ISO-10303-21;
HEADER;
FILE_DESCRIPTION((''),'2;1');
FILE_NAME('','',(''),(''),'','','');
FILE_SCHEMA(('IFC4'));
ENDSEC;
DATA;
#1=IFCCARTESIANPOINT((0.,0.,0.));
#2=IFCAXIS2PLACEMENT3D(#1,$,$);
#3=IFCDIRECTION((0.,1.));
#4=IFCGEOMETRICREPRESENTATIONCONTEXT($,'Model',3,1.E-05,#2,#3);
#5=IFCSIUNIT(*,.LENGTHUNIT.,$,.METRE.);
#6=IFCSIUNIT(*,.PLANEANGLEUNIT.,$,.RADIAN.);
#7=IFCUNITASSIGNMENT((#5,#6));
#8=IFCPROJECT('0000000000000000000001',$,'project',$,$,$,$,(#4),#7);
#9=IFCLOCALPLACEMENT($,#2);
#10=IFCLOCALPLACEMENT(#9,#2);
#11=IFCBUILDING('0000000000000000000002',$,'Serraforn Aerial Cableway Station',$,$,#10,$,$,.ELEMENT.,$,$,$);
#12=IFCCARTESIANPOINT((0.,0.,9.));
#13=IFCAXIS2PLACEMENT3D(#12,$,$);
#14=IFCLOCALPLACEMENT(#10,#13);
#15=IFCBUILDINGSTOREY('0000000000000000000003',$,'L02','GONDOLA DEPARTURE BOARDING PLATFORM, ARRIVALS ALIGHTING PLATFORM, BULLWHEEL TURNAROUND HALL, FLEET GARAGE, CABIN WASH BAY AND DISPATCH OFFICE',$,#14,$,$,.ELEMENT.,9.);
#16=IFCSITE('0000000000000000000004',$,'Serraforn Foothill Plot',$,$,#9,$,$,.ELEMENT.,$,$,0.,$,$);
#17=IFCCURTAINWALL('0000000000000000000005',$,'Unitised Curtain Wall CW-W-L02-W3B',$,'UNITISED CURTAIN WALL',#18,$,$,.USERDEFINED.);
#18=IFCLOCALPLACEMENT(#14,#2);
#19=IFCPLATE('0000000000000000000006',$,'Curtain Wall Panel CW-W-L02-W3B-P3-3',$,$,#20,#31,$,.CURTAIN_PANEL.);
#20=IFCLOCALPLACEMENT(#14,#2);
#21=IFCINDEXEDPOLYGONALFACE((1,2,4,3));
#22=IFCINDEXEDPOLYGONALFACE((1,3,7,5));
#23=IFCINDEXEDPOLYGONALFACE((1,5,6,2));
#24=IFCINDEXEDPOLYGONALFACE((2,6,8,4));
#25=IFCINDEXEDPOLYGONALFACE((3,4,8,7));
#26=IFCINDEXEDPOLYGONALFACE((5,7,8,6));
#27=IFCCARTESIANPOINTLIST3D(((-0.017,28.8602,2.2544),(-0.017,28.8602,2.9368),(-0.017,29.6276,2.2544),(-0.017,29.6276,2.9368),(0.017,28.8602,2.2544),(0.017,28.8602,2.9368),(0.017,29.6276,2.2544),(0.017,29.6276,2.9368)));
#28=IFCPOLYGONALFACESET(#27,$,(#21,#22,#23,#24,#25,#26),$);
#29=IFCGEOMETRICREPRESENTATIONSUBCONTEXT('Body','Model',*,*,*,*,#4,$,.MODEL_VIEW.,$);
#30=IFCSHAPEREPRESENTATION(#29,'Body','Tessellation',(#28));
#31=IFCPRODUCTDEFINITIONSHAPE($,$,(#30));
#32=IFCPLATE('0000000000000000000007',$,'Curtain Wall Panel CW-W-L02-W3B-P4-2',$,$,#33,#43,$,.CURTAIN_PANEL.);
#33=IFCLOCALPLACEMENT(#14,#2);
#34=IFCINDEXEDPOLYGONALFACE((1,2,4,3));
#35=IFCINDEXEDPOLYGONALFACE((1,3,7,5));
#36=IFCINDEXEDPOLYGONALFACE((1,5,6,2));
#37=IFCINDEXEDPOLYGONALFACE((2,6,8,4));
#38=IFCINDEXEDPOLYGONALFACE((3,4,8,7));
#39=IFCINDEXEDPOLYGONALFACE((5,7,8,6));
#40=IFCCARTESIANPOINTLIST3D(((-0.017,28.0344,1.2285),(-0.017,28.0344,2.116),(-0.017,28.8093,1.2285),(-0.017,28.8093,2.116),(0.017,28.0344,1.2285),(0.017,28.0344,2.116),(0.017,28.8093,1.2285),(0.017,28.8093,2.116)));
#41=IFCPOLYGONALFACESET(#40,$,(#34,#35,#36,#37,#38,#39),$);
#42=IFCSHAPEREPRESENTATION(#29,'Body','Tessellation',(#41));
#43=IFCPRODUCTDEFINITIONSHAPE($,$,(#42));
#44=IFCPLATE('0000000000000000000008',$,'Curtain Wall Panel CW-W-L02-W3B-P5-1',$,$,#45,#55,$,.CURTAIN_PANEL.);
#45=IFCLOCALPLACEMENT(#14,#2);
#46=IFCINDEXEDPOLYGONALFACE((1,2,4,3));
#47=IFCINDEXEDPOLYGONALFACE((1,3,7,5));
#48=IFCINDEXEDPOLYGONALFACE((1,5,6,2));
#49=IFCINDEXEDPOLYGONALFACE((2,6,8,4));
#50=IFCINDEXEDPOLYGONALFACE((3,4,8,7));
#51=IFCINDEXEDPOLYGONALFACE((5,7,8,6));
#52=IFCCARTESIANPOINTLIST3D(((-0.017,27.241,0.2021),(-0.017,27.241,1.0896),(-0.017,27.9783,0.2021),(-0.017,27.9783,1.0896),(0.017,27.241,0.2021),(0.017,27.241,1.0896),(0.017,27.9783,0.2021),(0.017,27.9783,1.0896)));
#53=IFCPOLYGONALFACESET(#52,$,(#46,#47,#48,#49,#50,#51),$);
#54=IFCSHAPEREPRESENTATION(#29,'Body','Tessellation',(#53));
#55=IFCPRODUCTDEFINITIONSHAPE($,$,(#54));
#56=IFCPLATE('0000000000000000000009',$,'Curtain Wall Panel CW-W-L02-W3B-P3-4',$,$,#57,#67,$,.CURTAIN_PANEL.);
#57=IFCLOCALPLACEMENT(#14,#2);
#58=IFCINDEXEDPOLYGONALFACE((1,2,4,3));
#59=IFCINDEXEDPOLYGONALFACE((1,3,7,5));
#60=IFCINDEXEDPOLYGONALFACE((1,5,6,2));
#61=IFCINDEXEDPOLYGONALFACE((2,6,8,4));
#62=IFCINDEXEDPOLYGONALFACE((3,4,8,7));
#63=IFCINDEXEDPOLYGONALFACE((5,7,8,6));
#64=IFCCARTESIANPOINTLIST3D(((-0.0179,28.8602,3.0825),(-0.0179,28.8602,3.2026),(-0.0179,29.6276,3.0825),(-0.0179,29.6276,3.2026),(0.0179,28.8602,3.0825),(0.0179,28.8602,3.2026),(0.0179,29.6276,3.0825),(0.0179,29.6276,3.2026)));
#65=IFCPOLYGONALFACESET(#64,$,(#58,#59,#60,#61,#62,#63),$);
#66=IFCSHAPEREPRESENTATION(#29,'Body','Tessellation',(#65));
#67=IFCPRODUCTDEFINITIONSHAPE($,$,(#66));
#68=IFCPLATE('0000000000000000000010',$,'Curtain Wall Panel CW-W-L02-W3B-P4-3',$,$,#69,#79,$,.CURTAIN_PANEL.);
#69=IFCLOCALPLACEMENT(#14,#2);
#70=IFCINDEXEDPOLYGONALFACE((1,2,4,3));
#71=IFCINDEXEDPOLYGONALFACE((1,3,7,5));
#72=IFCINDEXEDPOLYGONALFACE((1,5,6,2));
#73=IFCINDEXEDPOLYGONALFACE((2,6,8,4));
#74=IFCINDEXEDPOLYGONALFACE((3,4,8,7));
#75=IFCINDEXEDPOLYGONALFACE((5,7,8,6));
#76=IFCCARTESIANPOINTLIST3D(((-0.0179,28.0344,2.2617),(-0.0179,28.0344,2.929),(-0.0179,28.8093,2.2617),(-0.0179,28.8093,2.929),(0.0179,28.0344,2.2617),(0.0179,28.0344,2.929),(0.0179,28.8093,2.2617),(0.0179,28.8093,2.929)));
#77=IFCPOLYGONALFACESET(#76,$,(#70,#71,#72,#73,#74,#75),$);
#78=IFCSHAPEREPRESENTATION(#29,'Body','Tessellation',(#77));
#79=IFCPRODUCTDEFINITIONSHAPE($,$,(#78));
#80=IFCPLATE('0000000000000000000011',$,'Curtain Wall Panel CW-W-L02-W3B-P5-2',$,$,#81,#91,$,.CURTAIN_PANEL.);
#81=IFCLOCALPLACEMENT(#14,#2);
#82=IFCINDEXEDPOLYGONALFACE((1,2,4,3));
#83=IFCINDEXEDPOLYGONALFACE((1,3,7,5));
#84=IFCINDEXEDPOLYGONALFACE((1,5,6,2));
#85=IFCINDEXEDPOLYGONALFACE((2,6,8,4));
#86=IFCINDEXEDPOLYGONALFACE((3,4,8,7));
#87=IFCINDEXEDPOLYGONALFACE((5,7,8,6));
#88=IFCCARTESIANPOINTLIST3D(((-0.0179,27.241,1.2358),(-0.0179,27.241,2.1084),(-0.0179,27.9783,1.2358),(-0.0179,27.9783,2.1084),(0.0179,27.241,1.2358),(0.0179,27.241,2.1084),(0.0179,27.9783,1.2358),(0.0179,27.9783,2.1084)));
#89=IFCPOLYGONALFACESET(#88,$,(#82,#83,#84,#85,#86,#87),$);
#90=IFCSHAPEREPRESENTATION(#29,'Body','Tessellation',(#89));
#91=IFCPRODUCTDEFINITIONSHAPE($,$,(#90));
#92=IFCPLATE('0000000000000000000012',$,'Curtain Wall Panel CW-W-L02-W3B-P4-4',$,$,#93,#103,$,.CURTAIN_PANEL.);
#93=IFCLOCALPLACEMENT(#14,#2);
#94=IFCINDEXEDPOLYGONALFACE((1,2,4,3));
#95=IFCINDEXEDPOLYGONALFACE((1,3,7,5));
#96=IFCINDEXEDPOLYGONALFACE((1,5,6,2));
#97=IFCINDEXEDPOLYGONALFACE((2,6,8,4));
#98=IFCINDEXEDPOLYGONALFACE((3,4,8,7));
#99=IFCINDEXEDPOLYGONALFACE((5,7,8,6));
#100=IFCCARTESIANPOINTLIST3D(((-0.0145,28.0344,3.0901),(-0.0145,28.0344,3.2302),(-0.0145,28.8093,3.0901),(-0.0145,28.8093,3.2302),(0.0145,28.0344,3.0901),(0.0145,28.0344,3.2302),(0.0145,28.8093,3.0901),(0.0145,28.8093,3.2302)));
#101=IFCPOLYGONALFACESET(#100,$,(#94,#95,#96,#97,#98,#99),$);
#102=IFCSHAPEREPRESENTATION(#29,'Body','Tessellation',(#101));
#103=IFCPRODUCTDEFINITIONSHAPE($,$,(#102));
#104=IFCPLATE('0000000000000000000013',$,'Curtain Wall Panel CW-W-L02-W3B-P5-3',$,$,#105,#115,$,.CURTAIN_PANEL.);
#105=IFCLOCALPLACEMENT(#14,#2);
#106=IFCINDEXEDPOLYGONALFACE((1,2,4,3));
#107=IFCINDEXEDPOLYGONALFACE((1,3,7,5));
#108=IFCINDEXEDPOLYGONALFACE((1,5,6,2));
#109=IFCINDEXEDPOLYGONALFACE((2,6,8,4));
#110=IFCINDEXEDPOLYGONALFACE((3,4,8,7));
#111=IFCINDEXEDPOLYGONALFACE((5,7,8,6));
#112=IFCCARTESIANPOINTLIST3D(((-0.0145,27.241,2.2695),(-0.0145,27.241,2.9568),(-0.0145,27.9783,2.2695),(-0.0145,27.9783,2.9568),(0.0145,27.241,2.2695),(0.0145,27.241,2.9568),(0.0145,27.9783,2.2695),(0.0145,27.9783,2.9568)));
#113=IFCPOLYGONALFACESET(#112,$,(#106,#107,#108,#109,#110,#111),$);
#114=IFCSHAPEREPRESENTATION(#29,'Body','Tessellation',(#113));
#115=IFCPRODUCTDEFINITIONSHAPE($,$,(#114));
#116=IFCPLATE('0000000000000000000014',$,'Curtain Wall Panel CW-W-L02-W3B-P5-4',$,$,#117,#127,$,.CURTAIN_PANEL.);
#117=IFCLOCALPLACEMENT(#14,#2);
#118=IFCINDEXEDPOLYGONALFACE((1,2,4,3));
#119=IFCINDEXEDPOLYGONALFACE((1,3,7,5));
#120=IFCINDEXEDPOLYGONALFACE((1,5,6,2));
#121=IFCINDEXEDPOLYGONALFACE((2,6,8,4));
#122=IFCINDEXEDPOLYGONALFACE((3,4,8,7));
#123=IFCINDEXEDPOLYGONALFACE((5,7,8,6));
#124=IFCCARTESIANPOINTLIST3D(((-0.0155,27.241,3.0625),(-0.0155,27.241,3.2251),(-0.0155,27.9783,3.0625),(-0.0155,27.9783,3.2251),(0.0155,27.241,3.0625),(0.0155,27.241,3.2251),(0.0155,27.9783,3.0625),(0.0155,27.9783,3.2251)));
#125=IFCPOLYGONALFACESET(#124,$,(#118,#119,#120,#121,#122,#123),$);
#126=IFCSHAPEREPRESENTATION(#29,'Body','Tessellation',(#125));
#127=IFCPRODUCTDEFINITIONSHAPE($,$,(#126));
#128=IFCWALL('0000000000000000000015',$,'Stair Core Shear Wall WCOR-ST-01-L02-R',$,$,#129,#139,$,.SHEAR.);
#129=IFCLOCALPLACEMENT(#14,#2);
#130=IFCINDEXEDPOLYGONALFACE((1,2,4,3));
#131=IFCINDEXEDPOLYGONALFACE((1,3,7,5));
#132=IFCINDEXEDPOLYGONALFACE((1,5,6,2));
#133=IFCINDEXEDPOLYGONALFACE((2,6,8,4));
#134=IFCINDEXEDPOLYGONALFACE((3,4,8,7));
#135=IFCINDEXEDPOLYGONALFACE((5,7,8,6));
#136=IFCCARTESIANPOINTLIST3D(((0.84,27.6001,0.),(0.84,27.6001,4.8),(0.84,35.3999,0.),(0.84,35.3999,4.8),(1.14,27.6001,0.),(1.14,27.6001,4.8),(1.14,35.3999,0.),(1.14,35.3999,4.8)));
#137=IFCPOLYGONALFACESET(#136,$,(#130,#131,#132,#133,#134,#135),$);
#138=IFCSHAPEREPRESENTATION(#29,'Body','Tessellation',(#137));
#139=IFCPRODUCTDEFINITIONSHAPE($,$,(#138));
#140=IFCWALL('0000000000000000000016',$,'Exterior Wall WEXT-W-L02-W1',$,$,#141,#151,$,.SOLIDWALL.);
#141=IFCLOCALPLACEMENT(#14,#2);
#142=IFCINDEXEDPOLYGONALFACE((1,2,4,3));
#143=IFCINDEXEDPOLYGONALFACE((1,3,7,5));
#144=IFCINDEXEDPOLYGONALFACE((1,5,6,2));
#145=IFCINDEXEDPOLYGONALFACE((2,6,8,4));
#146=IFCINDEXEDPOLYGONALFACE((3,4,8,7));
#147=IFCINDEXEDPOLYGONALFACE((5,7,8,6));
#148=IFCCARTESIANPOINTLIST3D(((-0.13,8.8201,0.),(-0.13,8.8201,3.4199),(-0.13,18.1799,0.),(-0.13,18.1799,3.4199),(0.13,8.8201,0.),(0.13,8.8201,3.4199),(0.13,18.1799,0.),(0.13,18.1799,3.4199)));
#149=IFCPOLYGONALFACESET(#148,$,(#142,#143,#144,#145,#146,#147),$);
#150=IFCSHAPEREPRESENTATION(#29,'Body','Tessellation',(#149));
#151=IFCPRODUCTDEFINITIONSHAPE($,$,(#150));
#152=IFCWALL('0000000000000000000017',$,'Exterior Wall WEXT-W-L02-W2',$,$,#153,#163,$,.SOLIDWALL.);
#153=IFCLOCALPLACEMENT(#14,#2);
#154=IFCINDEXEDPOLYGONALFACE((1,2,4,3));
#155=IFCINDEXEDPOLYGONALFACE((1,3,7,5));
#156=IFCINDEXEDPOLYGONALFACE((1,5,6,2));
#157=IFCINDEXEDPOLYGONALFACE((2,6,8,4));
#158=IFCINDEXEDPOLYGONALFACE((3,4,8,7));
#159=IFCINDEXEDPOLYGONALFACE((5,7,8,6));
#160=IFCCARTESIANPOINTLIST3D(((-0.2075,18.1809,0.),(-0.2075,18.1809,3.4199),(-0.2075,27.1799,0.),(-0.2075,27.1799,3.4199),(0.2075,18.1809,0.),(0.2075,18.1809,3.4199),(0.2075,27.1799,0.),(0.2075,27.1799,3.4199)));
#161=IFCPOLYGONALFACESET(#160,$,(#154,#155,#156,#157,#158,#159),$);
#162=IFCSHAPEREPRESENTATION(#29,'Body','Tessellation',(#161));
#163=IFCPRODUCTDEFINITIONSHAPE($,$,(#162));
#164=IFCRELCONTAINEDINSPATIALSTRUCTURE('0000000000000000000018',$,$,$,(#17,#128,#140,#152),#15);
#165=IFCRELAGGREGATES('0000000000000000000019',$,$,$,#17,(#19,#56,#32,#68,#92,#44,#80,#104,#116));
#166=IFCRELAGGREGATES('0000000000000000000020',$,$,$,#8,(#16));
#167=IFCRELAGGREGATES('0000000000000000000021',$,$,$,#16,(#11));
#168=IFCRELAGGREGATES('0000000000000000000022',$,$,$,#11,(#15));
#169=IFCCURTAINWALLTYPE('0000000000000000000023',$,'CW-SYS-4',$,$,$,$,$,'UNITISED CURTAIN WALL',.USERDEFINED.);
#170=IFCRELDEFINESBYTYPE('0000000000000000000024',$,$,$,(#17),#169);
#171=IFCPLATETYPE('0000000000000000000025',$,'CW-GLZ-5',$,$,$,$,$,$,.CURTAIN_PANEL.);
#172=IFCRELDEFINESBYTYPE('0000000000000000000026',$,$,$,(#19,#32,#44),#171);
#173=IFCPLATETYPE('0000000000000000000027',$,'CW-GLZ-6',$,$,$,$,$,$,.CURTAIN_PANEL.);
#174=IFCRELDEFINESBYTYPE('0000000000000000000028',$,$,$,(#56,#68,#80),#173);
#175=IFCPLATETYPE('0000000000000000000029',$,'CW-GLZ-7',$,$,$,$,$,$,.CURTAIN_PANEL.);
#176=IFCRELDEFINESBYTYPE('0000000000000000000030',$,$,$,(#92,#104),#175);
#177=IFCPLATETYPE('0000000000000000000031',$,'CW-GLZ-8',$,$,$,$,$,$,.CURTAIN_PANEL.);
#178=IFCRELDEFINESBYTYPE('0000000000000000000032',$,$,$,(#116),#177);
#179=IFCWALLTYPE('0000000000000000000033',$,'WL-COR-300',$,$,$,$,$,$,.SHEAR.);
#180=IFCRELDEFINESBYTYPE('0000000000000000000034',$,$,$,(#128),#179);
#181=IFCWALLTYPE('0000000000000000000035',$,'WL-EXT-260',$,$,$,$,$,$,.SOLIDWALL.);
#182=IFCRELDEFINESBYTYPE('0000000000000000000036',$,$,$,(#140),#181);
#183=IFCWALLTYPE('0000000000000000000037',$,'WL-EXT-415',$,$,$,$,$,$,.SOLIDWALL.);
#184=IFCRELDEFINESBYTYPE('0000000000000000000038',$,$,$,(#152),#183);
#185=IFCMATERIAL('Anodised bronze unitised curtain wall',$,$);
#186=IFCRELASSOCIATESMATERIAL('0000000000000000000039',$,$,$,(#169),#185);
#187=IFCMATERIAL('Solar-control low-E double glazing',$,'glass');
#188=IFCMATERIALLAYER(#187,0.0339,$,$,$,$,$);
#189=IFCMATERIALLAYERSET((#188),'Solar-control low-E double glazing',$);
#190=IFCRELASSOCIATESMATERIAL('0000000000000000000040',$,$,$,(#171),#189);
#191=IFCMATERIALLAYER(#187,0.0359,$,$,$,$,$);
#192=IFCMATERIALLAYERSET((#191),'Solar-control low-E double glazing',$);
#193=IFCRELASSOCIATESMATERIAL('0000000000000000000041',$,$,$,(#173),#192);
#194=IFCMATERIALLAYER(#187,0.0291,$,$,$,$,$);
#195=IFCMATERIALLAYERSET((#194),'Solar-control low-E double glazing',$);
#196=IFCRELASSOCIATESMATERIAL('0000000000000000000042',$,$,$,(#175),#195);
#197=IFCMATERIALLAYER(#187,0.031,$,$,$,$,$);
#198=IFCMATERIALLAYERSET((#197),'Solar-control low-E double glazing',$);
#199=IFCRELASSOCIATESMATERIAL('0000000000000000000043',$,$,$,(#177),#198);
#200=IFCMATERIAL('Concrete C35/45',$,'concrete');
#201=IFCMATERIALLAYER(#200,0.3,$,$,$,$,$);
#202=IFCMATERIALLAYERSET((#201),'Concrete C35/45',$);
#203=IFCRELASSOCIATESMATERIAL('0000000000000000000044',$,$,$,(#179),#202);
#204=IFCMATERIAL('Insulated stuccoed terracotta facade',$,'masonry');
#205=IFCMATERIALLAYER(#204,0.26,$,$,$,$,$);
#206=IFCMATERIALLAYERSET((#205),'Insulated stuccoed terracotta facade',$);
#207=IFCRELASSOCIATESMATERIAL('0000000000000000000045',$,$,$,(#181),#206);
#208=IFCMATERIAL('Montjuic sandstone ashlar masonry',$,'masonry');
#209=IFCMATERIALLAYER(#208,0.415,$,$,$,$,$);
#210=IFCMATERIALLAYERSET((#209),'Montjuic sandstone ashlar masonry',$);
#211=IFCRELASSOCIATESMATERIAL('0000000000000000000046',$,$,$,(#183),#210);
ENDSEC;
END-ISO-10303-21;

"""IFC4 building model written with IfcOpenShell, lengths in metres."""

from ifc_helpers import new_model, si_unit, direction, frame, frame_2d, origin, origin_2d, place, context, subcontext, project, spatial, rectangle, extrude, material, layer, layer_set, type_object, element, aggregate, save


model = new_model("IFC4")

# Units and contexts
model_context = context("Model", 3, precision=1e-05, world=origin(), true_north=direction((0.0, 1.0)))
body_context = subcontext(model_context, "Body", "Model", "MODEL_VIEW")
ifc_project = project(units=[si_unit("LENGTHUNIT", "METRE"), si_unit("PLANEANGLEUNIT", "RADIAN")], contexts=[model_context])

# Site, building, storey
site_placement = place(None, origin())
site = spatial("IfcSite", under=ifc_project, at=site_placement, Name="Serraforn Foothill Plot", CompositionType="ELEMENT", RefElevation=0.0)
building_placement = place(site_placement, origin())
building = spatial("IfcBuilding", under=site, at=building_placement, Name="Serraforn Aerial Cableway Station", CompositionType="ELEMENT")
storey_placement = place(building_placement, frame((0.0, 0.0, 9.0)))
storey = spatial("IfcBuildingStorey", under=building, at=storey_placement, Name="L02", Description="GONDOLA DEPARTURE BOARDING PLATFORM, ARRIVALS ALIGHTING PLATFORM, BULLWHEEL TURNAROUND HALL, FLEET GARAGE, CABIN WASH BAY AND DISPATCH OFFICE", CompositionType="ELEMENT", Elevation=9.0)

# Curtain wall, plates
ifc_material_1 = material(Name="Anodised bronze unitised curtain wall")
curtain_wall_type = type_object("IfcCurtainWallType", Name="CW-SYS-4", ElementType="UNITISED CURTAIN WALL", PredefinedType="USERDEFINED", material=ifc_material_1)
curtain_wall_placement = place(storey_placement, origin())
curtain_wall = element("IfcCurtainWall", 1, at=curtain_wall_placement, inside=storey, type_object=curtain_wall_type, Name="Unitised Curtain Wall CW-W-L02-W3B", ObjectType="UNITISED CURTAIN WALL", PredefinedType="USERDEFINED")
ifc_material_2 = material(Name="Solar-control low-E double glazing", Category="glass")
ifc_layer_1 = layer(ifc_material_2, 0.0339)
ifc_layer_set_1 = layer_set([ifc_layer_1], Name="Solar-control low-E double glazing")
plate_type_1 = type_object("IfcPlateType", Name="CW-GLZ-5", PredefinedType="CURTAIN_PANEL", material=ifc_layer_set_1)
plate_1_placement = place(storey_placement, frame((0.0, 29.2439, 2.2544), z_axis=(0.0, 0.0, 1.0), x_axis=(1.0, 0.0, 0.0)))
plate_1 = element("IfcPlate", 2, at=plate_1_placement, type_object=plate_type_1, Name="Curtain Wall Panel CW-W-L02-W3B-P3-3", PredefinedType="CURTAIN_PANEL", context=body_context, shape_type="SweptSolid", body=[
    extrude(rectangle(XDim=0.0339, YDim=0.7673, at=origin_2d()), origin(), (0.0, 0.0, 1.0), 0.6824),
])
plate_2_placement = place(storey_placement, frame((0.0, 28.4219, 1.2285), z_axis=(0.0, 0.0, 1.0), x_axis=(1.0, 0.0, 0.0)))
plate_2 = element("IfcPlate", 3, at=plate_2_placement, type_object=plate_type_1, Name="Curtain Wall Panel CW-W-L02-W3B-P4-2", PredefinedType="CURTAIN_PANEL", context=body_context, shape_type="SweptSolid", body=[
    extrude(rectangle(XDim=0.0339, YDim=0.7749, at=origin_2d()), origin(), (0.0, 0.0, 1.0), 0.8875),
])
plate_3_placement = place(storey_placement, frame((0.0, 27.6096, 0.2021), z_axis=(0.0, 0.0, 1.0), x_axis=(1.0, 0.0, 0.0)))
plate_3 = element("IfcPlate", 4, at=plate_3_placement, type_object=plate_type_1, Name="Curtain Wall Panel CW-W-L02-W3B-P5-1", PredefinedType="CURTAIN_PANEL", context=body_context, shape_type="SweptSolid", body=[
    extrude(rectangle(XDim=0.0339, YDim=0.7373, at=origin_2d()), origin(), (0.0, 0.0, 1.0), 0.8875),
])
ifc_layer_2 = layer(ifc_material_2, 0.0359)
ifc_layer_set_2 = layer_set([ifc_layer_2], Name="Solar-control low-E double glazing")
plate_type_2 = type_object("IfcPlateType", Name="CW-GLZ-6", PredefinedType="CURTAIN_PANEL", material=ifc_layer_set_2)
plate_4_placement = place(storey_placement, frame((0.0, 29.2439, 3.0825), z_axis=(0.0, 0.0, 1.0), x_axis=(1.0, 0.0, 0.0)))
plate_4 = element("IfcPlate", 5, at=plate_4_placement, type_object=plate_type_2, Name="Curtain Wall Panel CW-W-L02-W3B-P3-4", PredefinedType="CURTAIN_PANEL", context=body_context, shape_type="SweptSolid", body=[
    extrude(rectangle(XDim=0.0359, YDim=0.7673, at=origin_2d()), origin(), (0.0, 0.0, 1.0), 0.1201),
])
plate_5_placement = place(storey_placement, frame((0.0, 28.4219, 2.2617), z_axis=(0.0, 0.0, 1.0), x_axis=(1.0, 0.0, 0.0)))
plate_5 = element("IfcPlate", 6, at=plate_5_placement, type_object=plate_type_2, Name="Curtain Wall Panel CW-W-L02-W3B-P4-3", PredefinedType="CURTAIN_PANEL", context=body_context, shape_type="SweptSolid", body=[
    extrude(rectangle(XDim=0.0359, YDim=0.7749, at=origin_2d()), origin(), (0.0, 0.0, 1.0), 0.6672),
])
plate_6_placement = place(storey_placement, frame((0.0, 27.6096, 1.2358), z_axis=(0.0, 0.0, 1.0), x_axis=(1.0, 0.0, 0.0)))
plate_6 = element("IfcPlate", 7, at=plate_6_placement, type_object=plate_type_2, Name="Curtain Wall Panel CW-W-L02-W3B-P5-2", PredefinedType="CURTAIN_PANEL", context=body_context, shape_type="SweptSolid", body=[
    extrude(rectangle(XDim=0.0359, YDim=0.7373, at=origin_2d()), origin(), (0.0, 0.0, 1.0), 0.8726),
])
ifc_layer_3 = layer(ifc_material_2, 0.0291)
ifc_layer_set_3 = layer_set([ifc_layer_3], Name="Solar-control low-E double glazing")
plate_type_3 = type_object("IfcPlateType", Name="CW-GLZ-7", PredefinedType="CURTAIN_PANEL", material=ifc_layer_set_3)
plate_7_placement = place(storey_placement, frame((0.0, 28.4219, 3.0901), z_axis=(0.0, 0.0, 1.0), x_axis=(1.0, 0.0, 0.0)))
plate_7 = element("IfcPlate", 8, at=plate_7_placement, type_object=plate_type_3, Name="Curtain Wall Panel CW-W-L02-W3B-P4-4", PredefinedType="CURTAIN_PANEL", context=body_context, shape_type="SweptSolid", body=[
    extrude(rectangle(XDim=0.0291, YDim=0.7749, at=origin_2d()), origin(), (0.0, 0.0, 1.0), 0.1401),
])
plate_8_placement = place(storey_placement, frame((0.0, 27.6096, 2.2695), z_axis=(0.0, 0.0, 1.0), x_axis=(1.0, 0.0, 0.0)))
plate_8 = element("IfcPlate", 9, at=plate_8_placement, type_object=plate_type_3, Name="Curtain Wall Panel CW-W-L02-W3B-P5-3", PredefinedType="CURTAIN_PANEL", context=body_context, shape_type="SweptSolid", body=[
    extrude(rectangle(XDim=0.0291, YDim=0.7373, at=origin_2d()), origin(), (0.0, 0.0, 1.0), 0.6873),
])
ifc_layer_4 = layer(ifc_material_2, 0.031)
ifc_layer_set_4 = layer_set([ifc_layer_4], Name="Solar-control low-E double glazing")
plate_type_4 = type_object("IfcPlateType", Name="CW-GLZ-8", PredefinedType="CURTAIN_PANEL", material=ifc_layer_set_4)
plate_9_placement = place(storey_placement, frame((0.0, 27.6096, 3.0625), z_axis=(0.0, 0.0, 1.0), x_axis=(1.0, 0.0, 0.0)))
plate_9 = element("IfcPlate", 10, at=plate_9_placement, type_object=plate_type_4, Name="Curtain Wall Panel CW-W-L02-W3B-P5-4", PredefinedType="CURTAIN_PANEL", context=body_context, shape_type="SweptSolid", body=[
    extrude(rectangle(XDim=0.031, YDim=0.7373, at=origin_2d()), origin(), (0.0, 0.0, 1.0), 0.1626),
])
aggregate(curtain_wall, [plate_1, plate_4, plate_2, plate_5, plate_7, plate_3, plate_6, plate_8, plate_9])

# Walls
ifc_material_3 = material(Name="Concrete C35/45", Category="concrete")
ifc_layer_5 = layer(ifc_material_3, 0.3)
ifc_layer_set_5 = layer_set([ifc_layer_5], Name="Concrete C35/45")
wall_type_1 = type_object("IfcWallType", Name="WL-COR-300", PredefinedType="SHEAR", material=ifc_layer_set_5)
wall_1_placement = place(storey_placement, frame((0.99, 27.6001, 0.0), z_axis=(0.0, 0.0, 1.0), x_axis=(0.0, 1.0, 0.0)))
element("IfcWall", 11, at=wall_1_placement, inside=storey, type_object=wall_type_1, Name="Stair Core Shear Wall WCOR-ST-01-L02-R", PredefinedType="SHEAR", context=body_context, shape_type="SweptSolid", body=[
    extrude(rectangle(XDim=7.7998, YDim=0.3, at=frame_2d((3.8999, 0.0))), origin(), (0.0, 0.0, 1.0), 4.8),
])
ifc_material_4 = material(Name="Insulated stuccoed terracotta facade", Category="masonry")
ifc_layer_6 = layer(ifc_material_4, 0.26)
ifc_layer_set_6 = layer_set([ifc_layer_6], Name="Insulated stuccoed terracotta facade")
wall_type_2 = type_object("IfcWallType", Name="WL-EXT-260", PredefinedType="SOLIDWALL", material=ifc_layer_set_6)
wall_2_placement = place(storey_placement, frame((0.0, 18.1799, 0.0), z_axis=(0.0, 0.0, 1.0), x_axis=(0.0, -1.0, 0.0)))
element("IfcWall", 12, at=wall_2_placement, inside=storey, type_object=wall_type_2, Name="Exterior Wall WEXT-W-L02-W1", PredefinedType="SOLIDWALL", context=body_context, shape_type="SweptSolid", body=[
    extrude(rectangle(XDim=9.3599, YDim=0.26, at=frame_2d((4.6799, 0.0))), origin(), (0.0, 0.0, 1.0), 3.4199),
])
ifc_material_5 = material(Name="Montjuic sandstone ashlar masonry", Category="masonry")
ifc_layer_7 = layer(ifc_material_5, 0.415)
ifc_layer_set_7 = layer_set([ifc_layer_7], Name="Montjuic sandstone ashlar masonry")
wall_type_3 = type_object("IfcWallType", Name="WL-EXT-415", PredefinedType="SOLIDWALL", material=ifc_layer_set_7)
wall_3_placement = place(storey_placement, frame((0.0, 27.1799, 0.0), z_axis=(0.0, 0.0, 1.0), x_axis=(0.0, -1.0, 0.0)))
element("IfcWall", 13, at=wall_3_placement, inside=storey, type_object=wall_type_3, Name="Exterior Wall WEXT-W-L02-W2", PredefinedType="SOLIDWALL", context=body_context, shape_type="SweptSolid", body=[
    extrude(rectangle(XDim=8.999, YDim=0.415, at=frame_2d((4.4995, 0.0))), origin(), (0.0, 0.0, 1.0), 3.4199),
])

save(model, "model.ifc")
